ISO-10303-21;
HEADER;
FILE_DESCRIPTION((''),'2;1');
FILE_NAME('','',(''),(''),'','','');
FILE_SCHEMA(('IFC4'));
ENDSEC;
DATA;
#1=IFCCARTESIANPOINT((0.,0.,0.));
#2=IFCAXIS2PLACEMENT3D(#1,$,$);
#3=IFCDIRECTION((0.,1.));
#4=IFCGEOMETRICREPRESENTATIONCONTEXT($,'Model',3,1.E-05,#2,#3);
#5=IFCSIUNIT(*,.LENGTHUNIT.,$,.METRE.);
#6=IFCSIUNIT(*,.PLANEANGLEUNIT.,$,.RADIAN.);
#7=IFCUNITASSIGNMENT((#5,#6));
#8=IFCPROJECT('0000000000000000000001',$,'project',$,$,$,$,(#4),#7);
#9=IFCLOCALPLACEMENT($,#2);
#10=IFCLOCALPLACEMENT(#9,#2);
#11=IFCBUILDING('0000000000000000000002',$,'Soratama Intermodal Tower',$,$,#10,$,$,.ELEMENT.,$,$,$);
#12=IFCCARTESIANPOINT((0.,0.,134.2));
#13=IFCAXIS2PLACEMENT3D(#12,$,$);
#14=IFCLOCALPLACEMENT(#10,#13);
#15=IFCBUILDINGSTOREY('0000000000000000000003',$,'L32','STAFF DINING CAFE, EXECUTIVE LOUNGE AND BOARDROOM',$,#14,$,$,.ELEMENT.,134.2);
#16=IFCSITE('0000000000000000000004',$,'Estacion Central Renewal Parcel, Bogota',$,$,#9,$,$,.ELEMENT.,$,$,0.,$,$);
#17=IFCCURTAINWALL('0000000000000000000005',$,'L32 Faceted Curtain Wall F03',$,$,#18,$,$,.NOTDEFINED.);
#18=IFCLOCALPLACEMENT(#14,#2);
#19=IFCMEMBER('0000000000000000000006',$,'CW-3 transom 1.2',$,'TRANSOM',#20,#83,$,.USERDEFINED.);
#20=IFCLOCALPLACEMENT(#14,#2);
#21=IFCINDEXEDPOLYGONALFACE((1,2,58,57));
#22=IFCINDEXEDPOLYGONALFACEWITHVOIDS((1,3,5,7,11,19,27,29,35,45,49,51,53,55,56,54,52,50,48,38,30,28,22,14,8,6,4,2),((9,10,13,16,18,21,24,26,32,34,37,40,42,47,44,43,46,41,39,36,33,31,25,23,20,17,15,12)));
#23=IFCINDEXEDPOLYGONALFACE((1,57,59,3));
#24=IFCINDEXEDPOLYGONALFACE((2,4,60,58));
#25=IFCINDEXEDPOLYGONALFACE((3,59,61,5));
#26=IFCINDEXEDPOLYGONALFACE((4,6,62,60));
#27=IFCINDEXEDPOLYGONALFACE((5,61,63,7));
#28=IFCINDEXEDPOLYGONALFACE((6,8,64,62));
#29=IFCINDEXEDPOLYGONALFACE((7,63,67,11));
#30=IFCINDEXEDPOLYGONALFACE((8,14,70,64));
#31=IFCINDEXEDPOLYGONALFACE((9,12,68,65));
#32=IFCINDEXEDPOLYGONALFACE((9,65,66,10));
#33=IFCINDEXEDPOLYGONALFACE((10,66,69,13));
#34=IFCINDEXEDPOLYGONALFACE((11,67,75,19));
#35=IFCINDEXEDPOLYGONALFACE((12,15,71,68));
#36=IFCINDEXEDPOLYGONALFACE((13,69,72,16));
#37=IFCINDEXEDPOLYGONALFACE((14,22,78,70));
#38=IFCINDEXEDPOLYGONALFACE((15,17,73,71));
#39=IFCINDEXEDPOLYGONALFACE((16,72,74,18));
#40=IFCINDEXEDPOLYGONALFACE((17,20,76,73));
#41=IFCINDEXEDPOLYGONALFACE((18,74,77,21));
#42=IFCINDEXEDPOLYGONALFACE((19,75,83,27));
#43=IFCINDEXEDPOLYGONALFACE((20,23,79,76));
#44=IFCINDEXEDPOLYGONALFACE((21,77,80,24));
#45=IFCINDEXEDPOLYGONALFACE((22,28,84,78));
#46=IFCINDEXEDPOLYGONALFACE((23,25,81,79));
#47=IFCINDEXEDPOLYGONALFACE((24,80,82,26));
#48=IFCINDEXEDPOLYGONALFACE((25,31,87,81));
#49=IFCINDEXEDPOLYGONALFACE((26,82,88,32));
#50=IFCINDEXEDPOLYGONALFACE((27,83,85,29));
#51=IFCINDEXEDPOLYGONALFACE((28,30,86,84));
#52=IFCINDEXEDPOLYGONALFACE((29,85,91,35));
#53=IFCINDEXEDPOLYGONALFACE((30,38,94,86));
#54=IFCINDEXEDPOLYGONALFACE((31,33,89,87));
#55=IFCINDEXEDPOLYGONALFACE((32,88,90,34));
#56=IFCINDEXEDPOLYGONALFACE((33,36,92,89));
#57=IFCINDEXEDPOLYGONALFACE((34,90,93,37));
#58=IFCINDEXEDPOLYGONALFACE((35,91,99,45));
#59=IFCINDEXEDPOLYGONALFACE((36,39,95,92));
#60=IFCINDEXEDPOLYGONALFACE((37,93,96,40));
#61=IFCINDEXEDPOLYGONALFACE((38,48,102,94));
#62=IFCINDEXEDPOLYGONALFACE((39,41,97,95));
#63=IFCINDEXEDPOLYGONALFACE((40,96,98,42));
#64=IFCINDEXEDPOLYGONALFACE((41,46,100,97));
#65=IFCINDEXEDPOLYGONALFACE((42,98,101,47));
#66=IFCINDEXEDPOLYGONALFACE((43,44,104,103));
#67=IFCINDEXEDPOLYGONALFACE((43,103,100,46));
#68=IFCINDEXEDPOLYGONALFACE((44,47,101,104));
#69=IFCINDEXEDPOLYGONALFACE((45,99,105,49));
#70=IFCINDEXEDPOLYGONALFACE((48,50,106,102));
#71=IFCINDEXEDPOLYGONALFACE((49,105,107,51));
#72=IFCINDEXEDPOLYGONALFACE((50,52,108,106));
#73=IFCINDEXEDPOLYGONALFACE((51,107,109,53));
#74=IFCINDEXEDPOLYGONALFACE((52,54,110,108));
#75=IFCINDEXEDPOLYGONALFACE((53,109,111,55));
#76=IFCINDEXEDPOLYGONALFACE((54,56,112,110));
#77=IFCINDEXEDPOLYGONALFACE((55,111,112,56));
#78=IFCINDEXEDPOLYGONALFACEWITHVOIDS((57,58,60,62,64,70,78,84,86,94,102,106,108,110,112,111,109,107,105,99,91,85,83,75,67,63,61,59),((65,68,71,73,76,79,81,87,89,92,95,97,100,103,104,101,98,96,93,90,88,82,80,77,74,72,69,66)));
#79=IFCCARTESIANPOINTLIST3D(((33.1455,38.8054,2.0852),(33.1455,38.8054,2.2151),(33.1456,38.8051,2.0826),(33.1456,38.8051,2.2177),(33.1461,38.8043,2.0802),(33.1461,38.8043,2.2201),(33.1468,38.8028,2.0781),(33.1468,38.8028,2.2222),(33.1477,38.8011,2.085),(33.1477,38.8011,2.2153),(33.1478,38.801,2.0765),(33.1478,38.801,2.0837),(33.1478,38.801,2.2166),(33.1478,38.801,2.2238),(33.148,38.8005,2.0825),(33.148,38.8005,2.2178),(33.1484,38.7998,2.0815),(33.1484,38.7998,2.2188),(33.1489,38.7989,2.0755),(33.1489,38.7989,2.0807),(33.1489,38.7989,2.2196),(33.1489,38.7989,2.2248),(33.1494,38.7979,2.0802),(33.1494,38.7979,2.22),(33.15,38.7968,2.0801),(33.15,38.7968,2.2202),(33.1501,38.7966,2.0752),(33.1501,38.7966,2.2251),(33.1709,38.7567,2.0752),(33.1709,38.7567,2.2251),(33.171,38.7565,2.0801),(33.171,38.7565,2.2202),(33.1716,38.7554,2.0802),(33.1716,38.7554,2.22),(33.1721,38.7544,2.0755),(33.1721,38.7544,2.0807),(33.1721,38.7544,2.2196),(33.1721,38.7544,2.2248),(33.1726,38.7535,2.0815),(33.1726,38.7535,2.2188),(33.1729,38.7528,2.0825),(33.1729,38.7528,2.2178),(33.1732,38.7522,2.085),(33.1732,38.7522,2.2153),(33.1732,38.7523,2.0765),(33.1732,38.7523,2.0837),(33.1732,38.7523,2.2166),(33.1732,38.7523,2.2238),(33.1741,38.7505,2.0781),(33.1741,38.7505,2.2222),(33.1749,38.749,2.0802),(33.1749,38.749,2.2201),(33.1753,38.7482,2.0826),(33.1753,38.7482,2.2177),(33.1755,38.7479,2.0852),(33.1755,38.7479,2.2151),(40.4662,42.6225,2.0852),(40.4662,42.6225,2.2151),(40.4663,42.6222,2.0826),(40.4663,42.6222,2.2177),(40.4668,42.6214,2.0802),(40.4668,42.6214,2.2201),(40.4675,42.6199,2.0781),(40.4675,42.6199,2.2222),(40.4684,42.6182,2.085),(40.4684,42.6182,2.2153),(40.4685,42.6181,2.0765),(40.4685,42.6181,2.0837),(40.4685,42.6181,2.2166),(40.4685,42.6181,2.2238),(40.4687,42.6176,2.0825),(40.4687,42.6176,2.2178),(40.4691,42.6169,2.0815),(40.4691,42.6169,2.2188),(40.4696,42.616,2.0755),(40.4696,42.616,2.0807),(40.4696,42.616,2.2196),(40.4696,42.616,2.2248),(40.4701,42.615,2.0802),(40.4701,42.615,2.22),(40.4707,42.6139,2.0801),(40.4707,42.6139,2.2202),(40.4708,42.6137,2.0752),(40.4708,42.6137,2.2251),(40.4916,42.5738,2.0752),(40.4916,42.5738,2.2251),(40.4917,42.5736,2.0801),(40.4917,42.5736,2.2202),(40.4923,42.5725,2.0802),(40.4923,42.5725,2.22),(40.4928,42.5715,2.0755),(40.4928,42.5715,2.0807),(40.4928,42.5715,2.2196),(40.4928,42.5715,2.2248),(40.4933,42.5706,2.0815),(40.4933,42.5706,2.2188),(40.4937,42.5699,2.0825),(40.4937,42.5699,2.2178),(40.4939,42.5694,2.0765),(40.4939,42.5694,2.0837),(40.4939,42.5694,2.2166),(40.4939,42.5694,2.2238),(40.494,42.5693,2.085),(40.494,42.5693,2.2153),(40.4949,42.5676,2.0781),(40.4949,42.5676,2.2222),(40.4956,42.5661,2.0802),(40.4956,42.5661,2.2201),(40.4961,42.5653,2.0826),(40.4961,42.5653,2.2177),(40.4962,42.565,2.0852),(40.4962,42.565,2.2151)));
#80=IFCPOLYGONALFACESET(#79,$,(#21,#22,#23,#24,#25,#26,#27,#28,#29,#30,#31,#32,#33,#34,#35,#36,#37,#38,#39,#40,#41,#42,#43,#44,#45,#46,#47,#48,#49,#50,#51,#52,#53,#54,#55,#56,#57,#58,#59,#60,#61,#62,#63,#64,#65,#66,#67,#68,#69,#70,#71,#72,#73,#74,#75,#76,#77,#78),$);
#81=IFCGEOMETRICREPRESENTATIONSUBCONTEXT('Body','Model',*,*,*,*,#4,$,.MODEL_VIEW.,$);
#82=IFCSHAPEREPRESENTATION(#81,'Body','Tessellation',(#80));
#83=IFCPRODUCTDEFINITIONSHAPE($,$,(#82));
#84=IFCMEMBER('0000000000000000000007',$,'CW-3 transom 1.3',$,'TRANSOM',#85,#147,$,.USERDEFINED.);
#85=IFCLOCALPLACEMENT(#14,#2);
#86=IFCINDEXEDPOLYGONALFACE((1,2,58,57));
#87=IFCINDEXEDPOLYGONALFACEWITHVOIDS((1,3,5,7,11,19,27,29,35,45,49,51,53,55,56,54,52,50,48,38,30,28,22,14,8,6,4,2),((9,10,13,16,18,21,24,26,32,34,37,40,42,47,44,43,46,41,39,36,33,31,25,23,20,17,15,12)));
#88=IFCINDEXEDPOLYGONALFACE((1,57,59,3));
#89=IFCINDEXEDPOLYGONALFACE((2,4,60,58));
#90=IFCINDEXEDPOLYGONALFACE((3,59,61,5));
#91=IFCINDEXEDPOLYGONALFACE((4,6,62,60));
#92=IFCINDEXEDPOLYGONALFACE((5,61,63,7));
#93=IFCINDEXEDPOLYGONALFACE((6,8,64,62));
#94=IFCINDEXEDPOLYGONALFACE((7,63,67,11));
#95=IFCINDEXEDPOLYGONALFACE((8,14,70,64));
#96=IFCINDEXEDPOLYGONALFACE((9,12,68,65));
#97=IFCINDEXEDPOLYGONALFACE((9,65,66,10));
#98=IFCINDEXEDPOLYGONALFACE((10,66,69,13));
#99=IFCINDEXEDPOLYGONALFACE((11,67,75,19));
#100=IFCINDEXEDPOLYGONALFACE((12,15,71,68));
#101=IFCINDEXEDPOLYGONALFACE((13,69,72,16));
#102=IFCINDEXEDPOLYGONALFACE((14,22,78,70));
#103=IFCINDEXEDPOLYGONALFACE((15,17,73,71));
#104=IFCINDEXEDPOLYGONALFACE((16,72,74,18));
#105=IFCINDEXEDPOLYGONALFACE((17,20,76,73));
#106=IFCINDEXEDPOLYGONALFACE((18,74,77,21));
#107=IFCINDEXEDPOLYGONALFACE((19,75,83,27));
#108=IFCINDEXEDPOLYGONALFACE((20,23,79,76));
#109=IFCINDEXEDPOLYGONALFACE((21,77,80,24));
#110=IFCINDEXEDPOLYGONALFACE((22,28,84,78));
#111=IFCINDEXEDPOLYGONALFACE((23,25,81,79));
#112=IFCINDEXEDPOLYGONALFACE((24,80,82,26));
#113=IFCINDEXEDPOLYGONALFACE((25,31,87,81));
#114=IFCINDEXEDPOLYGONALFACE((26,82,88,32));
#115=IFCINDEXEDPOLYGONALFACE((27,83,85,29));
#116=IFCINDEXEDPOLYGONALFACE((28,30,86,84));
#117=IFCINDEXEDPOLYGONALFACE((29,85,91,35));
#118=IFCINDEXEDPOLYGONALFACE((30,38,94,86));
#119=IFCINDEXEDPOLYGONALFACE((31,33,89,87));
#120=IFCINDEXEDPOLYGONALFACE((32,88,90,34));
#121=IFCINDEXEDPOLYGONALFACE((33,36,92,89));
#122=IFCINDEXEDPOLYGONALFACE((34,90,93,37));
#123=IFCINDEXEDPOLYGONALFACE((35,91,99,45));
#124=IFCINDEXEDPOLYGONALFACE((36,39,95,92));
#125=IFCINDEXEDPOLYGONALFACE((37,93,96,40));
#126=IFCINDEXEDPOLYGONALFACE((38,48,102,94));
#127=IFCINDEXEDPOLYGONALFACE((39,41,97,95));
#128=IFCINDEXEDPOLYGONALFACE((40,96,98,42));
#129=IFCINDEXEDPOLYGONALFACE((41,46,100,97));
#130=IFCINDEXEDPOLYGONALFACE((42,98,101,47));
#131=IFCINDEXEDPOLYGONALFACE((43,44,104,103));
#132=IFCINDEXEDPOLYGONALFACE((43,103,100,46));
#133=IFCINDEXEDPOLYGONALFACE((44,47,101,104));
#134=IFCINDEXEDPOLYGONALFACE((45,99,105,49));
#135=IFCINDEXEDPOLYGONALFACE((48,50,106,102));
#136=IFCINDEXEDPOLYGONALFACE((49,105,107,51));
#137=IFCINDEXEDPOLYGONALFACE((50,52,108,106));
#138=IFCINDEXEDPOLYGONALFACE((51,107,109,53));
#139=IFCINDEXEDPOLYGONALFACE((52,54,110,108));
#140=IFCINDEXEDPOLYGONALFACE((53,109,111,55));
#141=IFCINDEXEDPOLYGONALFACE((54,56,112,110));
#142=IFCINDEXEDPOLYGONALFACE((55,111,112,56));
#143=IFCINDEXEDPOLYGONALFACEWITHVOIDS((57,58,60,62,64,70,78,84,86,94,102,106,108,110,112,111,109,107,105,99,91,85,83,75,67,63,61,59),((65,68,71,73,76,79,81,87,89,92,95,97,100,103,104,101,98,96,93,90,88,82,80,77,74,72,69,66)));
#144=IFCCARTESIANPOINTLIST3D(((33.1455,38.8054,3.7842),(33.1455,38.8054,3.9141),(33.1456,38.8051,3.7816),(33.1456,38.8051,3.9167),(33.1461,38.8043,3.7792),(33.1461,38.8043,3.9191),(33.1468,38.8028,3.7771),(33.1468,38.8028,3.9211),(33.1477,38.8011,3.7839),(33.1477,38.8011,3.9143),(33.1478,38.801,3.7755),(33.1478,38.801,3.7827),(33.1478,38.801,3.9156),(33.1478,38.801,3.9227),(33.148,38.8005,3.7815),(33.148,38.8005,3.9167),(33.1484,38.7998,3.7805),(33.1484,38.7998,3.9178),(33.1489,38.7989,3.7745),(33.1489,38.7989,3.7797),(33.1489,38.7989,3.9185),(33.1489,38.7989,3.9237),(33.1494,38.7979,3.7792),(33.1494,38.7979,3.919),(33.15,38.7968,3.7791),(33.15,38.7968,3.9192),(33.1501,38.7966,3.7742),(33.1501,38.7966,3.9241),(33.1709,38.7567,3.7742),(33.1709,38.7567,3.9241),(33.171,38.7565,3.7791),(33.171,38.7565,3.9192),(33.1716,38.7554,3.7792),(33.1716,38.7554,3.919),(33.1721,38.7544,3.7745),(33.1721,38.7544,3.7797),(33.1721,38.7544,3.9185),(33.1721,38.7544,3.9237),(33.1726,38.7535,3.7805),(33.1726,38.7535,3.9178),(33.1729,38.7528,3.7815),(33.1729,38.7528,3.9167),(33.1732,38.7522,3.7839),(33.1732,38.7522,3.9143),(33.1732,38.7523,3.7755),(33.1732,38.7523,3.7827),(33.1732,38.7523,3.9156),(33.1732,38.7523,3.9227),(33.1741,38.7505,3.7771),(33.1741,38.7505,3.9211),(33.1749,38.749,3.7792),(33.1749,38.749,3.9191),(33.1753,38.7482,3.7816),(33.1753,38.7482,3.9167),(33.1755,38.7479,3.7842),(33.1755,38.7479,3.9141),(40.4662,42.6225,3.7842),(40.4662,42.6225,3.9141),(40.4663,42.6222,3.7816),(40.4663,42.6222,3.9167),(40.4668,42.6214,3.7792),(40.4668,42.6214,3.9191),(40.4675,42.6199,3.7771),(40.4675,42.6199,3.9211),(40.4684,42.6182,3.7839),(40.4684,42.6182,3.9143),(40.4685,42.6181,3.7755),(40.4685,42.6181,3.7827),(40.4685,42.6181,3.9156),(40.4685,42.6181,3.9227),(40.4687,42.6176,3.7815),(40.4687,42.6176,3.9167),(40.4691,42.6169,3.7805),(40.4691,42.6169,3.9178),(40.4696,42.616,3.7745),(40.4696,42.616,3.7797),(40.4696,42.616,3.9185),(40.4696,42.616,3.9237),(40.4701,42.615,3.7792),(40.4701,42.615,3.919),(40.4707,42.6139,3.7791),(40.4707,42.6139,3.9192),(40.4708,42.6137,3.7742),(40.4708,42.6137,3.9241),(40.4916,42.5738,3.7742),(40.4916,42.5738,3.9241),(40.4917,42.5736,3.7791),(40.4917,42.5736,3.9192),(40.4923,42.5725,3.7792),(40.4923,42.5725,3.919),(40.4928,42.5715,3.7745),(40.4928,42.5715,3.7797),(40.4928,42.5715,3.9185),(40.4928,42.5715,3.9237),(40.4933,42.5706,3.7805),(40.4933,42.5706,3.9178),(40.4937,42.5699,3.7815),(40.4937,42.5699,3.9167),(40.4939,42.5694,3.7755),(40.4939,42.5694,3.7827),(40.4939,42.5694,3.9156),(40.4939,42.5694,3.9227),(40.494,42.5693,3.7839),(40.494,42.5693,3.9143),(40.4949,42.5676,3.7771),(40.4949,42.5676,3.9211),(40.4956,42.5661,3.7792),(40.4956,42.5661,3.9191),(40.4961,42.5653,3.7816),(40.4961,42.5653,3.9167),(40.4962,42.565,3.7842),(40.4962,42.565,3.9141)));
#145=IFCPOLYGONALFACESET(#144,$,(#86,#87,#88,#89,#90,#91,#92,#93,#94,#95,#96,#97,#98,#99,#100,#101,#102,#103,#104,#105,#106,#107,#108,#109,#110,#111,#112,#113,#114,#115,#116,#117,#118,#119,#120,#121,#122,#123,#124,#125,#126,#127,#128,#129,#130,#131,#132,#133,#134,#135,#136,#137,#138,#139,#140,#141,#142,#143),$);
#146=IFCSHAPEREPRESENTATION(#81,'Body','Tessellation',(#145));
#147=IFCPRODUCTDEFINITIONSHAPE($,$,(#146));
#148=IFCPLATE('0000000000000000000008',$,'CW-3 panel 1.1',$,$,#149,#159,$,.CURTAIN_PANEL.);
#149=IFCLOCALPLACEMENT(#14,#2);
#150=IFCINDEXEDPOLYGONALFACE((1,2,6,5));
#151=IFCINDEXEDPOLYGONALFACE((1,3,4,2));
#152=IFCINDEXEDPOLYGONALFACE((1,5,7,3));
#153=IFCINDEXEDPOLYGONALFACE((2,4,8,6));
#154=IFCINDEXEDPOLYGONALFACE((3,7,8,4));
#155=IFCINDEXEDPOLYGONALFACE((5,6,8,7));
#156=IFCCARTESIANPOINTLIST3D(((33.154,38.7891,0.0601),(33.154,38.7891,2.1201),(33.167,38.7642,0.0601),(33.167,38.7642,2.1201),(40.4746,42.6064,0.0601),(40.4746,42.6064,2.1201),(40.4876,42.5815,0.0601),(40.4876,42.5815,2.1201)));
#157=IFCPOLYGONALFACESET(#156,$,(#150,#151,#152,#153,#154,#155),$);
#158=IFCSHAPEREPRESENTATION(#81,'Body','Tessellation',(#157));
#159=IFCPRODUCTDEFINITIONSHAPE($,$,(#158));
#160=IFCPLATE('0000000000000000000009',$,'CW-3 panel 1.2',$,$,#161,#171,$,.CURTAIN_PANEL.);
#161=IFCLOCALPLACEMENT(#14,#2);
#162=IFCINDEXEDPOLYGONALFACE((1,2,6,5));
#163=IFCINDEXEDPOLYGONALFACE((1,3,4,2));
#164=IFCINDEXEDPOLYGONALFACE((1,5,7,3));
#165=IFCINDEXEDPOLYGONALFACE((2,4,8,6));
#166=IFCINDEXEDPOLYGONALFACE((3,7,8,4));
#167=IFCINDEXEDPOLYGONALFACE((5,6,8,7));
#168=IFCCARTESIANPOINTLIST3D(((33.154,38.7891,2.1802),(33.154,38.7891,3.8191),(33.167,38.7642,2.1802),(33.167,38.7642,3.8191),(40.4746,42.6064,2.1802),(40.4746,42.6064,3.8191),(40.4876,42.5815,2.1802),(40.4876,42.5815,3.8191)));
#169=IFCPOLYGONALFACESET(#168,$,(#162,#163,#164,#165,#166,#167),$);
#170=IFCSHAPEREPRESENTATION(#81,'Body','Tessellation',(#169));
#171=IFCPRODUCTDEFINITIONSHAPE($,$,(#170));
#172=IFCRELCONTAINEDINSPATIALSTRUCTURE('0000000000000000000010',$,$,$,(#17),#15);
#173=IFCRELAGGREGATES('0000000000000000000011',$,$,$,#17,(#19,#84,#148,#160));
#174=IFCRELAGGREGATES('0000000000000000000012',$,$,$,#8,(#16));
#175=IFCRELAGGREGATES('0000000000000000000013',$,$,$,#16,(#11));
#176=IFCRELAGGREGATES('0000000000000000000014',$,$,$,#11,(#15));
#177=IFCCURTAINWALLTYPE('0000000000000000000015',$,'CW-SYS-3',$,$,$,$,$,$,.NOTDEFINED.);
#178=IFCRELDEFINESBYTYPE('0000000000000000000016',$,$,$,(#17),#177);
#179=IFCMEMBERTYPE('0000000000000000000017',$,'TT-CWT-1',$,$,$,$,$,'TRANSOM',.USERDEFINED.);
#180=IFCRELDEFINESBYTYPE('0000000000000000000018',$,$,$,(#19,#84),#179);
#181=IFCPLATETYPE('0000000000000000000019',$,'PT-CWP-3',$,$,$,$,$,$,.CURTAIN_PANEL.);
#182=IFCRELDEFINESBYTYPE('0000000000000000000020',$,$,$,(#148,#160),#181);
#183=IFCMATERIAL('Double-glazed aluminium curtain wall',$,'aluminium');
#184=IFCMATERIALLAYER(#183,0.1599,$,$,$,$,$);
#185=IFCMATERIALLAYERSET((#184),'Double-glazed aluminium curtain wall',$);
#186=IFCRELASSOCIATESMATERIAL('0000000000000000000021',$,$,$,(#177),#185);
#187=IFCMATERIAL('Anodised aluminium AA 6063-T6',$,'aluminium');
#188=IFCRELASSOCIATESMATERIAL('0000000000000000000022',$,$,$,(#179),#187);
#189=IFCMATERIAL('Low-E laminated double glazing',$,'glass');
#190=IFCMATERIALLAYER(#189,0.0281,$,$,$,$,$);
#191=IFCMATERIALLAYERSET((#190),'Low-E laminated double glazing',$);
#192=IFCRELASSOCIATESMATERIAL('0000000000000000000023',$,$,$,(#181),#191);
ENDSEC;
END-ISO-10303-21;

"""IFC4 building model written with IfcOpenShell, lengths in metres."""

from ifc_helpers import new_model, si_unit, direction, frame, origin, origin_2d, place, context, subcontext, project, spatial, rectangle, hollow_rectangle, extrude, material, layer, layer_set, material_profile, profile_set, type_object, element, aggregate, save


model = new_model("IFC4")

# Units and contexts
model_context = context("Model", 3, precision=1e-05, world=origin(), true_north=direction((0.0, 1.0)))
body_context = subcontext(model_context, "Body", "Model", "MODEL_VIEW")
ifc_project = project(units=[si_unit("LENGTHUNIT", "METRE"), si_unit("PLANEANGLEUNIT", "RADIAN")], contexts=[model_context])

# Site, building, storey
site_placement = place(None, origin())
site = spatial("IfcSite", under=ifc_project, at=site_placement, Name="Estacion Central Renewal Parcel, Bogota", CompositionType="ELEMENT", RefElevation=0.0)
building_placement = place(site_placement, origin())
building = spatial("IfcBuilding", under=site, at=building_placement, Name="Soratama Intermodal Tower", CompositionType="ELEMENT")
storey_placement = place(building_placement, frame((0.0, 0.0, 134.2)))
storey = spatial("IfcBuildingStorey", under=building, at=storey_placement, Name="L32", Description="STAFF DINING CAFE, EXECUTIVE LOUNGE AND BOARDROOM", CompositionType="ELEMENT", Elevation=134.2)

# Curtain wall, members, plates
ifc_material_1 = material(Name="Double-glazed aluminium curtain wall", Category="aluminium")
ifc_layer_1 = layer(ifc_material_1, 0.1599)
ifc_layer_set_1 = layer_set([ifc_layer_1], Name="Double-glazed aluminium curtain wall")
curtain_wall_type = type_object("IfcCurtainWallType", Name="CW-SYS-3", PredefinedType="NOTDEFINED", material=ifc_layer_set_1)
curtain_wall_placement = place(storey_placement, origin())
curtain_wall = element("IfcCurtainWall", 1, at=curtain_wall_placement, inside=storey, type_object=curtain_wall_type, Name="L32 Faceted Curtain Wall F03", PredefinedType="NOTDEFINED")
ifc_material_2 = material(Name="Anodised aluminium AA 6063-T6", Category="aluminium")
ifc_material_profile_1 = material_profile(ifc_material_2, hollow_rectangle(XDim=0.0649, YDim=0.1499, WallThickness=0.0049, InnerFilletRadius=0.0049, OuterFilletRadius=0.01, at=origin_2d()), Name="CWT150X65X5")
ifc_profile_set_1 = profile_set([ifc_material_profile_1], Name="Anodised aluminium AA 6063-T6")
member_type_1 = type_object("IfcMemberType", Name="TT-CWT-1", ElementType="TRANSOM", PredefinedType="USERDEFINED", material=ifc_profile_set_1)
member_1_placement = place(storey_placement, frame((40.4812, 42.5938, 2.1501), z_axis=(-0.886705, -0.462337, 0.0), x_axis=(0.462337, -0.886705, 0.0)))
member_1 = element("IfcMember", 2, at=member_1_placement, type_object=member_type_1, Name="CW-3 transom 1.2", ObjectType="TRANSOM", PredefinedType="USERDEFINED", context=body_context, shape_type="SweptSolid", body=[
    extrude(hollow_rectangle(XDim=0.0649, YDim=0.1499, WallThickness=0.0049, InnerFilletRadius=0.0049, OuterFilletRadius=0.01, at=origin_2d()), origin(), (0.0, 0.0, 1.0), 8.2561),
])
member_2_placement = place(storey_placement, frame((40.4812, 42.5938, 3.8491), z_axis=(-0.886705, -0.462337, 0.0), x_axis=(0.462337, -0.886705, 0.0)))
member_2 = element("IfcMember", 3, at=member_2_placement, type_object=member_type_1, Name="CW-3 transom 1.3", ObjectType="TRANSOM", PredefinedType="USERDEFINED", context=body_context, shape_type="SweptSolid", body=[
    extrude(hollow_rectangle(XDim=0.0649, YDim=0.1499, WallThickness=0.0049, InnerFilletRadius=0.0049, OuterFilletRadius=0.01, at=origin_2d()), origin(), (0.0, 0.0, 1.0), 8.2561),
])
ifc_material_3 = material(Name="Low-E laminated double glazing", Category="glass")
ifc_layer_2 = layer(ifc_material_3, 0.0281)
ifc_layer_set_2 = layer_set([ifc_layer_2], Name="Low-E laminated double glazing")
plate_type = type_object("IfcPlateType", Name="PT-CWP-3", PredefinedType="CURTAIN_PANEL", material=ifc_layer_set_2)
plate_1_placement = place(storey_placement, frame((36.8208, 40.6853, 0.0601), z_axis=(0.0, 0.0, 1.0), x_axis=(-0.886693, -0.462359, 0.0)))
plate_1 = element("IfcPlate", 4, at=plate_1_placement, type_object=plate_type, Name="CW-3 panel 1.1", PredefinedType="CURTAIN_PANEL", context=body_context, shape_type="SweptSolid", body=[
    extrude(rectangle(XDim=8.2561, YDim=0.0281, at=origin_2d()), origin(), (0.0, 0.0, 1.0), 2.0601),
])
plate_2_placement = place(storey_placement, frame((36.8208, 40.6853, 2.1802), z_axis=(0.0, 0.0, 1.0), x_axis=(-0.886693, -0.462359, 0.0)))
plate_2 = element("IfcPlate", 5, at=plate_2_placement, type_object=plate_type, Name="CW-3 panel 1.2", PredefinedType="CURTAIN_PANEL", context=body_context, shape_type="SweptSolid", body=[
    extrude(rectangle(XDim=8.2561, YDim=0.0281, at=origin_2d()), origin(), (0.0, 0.0, 1.0), 1.6389),
])
aggregate(curtain_wall, [member_1, member_2, plate_1, plate_2])

save(model, "model.ifc")
